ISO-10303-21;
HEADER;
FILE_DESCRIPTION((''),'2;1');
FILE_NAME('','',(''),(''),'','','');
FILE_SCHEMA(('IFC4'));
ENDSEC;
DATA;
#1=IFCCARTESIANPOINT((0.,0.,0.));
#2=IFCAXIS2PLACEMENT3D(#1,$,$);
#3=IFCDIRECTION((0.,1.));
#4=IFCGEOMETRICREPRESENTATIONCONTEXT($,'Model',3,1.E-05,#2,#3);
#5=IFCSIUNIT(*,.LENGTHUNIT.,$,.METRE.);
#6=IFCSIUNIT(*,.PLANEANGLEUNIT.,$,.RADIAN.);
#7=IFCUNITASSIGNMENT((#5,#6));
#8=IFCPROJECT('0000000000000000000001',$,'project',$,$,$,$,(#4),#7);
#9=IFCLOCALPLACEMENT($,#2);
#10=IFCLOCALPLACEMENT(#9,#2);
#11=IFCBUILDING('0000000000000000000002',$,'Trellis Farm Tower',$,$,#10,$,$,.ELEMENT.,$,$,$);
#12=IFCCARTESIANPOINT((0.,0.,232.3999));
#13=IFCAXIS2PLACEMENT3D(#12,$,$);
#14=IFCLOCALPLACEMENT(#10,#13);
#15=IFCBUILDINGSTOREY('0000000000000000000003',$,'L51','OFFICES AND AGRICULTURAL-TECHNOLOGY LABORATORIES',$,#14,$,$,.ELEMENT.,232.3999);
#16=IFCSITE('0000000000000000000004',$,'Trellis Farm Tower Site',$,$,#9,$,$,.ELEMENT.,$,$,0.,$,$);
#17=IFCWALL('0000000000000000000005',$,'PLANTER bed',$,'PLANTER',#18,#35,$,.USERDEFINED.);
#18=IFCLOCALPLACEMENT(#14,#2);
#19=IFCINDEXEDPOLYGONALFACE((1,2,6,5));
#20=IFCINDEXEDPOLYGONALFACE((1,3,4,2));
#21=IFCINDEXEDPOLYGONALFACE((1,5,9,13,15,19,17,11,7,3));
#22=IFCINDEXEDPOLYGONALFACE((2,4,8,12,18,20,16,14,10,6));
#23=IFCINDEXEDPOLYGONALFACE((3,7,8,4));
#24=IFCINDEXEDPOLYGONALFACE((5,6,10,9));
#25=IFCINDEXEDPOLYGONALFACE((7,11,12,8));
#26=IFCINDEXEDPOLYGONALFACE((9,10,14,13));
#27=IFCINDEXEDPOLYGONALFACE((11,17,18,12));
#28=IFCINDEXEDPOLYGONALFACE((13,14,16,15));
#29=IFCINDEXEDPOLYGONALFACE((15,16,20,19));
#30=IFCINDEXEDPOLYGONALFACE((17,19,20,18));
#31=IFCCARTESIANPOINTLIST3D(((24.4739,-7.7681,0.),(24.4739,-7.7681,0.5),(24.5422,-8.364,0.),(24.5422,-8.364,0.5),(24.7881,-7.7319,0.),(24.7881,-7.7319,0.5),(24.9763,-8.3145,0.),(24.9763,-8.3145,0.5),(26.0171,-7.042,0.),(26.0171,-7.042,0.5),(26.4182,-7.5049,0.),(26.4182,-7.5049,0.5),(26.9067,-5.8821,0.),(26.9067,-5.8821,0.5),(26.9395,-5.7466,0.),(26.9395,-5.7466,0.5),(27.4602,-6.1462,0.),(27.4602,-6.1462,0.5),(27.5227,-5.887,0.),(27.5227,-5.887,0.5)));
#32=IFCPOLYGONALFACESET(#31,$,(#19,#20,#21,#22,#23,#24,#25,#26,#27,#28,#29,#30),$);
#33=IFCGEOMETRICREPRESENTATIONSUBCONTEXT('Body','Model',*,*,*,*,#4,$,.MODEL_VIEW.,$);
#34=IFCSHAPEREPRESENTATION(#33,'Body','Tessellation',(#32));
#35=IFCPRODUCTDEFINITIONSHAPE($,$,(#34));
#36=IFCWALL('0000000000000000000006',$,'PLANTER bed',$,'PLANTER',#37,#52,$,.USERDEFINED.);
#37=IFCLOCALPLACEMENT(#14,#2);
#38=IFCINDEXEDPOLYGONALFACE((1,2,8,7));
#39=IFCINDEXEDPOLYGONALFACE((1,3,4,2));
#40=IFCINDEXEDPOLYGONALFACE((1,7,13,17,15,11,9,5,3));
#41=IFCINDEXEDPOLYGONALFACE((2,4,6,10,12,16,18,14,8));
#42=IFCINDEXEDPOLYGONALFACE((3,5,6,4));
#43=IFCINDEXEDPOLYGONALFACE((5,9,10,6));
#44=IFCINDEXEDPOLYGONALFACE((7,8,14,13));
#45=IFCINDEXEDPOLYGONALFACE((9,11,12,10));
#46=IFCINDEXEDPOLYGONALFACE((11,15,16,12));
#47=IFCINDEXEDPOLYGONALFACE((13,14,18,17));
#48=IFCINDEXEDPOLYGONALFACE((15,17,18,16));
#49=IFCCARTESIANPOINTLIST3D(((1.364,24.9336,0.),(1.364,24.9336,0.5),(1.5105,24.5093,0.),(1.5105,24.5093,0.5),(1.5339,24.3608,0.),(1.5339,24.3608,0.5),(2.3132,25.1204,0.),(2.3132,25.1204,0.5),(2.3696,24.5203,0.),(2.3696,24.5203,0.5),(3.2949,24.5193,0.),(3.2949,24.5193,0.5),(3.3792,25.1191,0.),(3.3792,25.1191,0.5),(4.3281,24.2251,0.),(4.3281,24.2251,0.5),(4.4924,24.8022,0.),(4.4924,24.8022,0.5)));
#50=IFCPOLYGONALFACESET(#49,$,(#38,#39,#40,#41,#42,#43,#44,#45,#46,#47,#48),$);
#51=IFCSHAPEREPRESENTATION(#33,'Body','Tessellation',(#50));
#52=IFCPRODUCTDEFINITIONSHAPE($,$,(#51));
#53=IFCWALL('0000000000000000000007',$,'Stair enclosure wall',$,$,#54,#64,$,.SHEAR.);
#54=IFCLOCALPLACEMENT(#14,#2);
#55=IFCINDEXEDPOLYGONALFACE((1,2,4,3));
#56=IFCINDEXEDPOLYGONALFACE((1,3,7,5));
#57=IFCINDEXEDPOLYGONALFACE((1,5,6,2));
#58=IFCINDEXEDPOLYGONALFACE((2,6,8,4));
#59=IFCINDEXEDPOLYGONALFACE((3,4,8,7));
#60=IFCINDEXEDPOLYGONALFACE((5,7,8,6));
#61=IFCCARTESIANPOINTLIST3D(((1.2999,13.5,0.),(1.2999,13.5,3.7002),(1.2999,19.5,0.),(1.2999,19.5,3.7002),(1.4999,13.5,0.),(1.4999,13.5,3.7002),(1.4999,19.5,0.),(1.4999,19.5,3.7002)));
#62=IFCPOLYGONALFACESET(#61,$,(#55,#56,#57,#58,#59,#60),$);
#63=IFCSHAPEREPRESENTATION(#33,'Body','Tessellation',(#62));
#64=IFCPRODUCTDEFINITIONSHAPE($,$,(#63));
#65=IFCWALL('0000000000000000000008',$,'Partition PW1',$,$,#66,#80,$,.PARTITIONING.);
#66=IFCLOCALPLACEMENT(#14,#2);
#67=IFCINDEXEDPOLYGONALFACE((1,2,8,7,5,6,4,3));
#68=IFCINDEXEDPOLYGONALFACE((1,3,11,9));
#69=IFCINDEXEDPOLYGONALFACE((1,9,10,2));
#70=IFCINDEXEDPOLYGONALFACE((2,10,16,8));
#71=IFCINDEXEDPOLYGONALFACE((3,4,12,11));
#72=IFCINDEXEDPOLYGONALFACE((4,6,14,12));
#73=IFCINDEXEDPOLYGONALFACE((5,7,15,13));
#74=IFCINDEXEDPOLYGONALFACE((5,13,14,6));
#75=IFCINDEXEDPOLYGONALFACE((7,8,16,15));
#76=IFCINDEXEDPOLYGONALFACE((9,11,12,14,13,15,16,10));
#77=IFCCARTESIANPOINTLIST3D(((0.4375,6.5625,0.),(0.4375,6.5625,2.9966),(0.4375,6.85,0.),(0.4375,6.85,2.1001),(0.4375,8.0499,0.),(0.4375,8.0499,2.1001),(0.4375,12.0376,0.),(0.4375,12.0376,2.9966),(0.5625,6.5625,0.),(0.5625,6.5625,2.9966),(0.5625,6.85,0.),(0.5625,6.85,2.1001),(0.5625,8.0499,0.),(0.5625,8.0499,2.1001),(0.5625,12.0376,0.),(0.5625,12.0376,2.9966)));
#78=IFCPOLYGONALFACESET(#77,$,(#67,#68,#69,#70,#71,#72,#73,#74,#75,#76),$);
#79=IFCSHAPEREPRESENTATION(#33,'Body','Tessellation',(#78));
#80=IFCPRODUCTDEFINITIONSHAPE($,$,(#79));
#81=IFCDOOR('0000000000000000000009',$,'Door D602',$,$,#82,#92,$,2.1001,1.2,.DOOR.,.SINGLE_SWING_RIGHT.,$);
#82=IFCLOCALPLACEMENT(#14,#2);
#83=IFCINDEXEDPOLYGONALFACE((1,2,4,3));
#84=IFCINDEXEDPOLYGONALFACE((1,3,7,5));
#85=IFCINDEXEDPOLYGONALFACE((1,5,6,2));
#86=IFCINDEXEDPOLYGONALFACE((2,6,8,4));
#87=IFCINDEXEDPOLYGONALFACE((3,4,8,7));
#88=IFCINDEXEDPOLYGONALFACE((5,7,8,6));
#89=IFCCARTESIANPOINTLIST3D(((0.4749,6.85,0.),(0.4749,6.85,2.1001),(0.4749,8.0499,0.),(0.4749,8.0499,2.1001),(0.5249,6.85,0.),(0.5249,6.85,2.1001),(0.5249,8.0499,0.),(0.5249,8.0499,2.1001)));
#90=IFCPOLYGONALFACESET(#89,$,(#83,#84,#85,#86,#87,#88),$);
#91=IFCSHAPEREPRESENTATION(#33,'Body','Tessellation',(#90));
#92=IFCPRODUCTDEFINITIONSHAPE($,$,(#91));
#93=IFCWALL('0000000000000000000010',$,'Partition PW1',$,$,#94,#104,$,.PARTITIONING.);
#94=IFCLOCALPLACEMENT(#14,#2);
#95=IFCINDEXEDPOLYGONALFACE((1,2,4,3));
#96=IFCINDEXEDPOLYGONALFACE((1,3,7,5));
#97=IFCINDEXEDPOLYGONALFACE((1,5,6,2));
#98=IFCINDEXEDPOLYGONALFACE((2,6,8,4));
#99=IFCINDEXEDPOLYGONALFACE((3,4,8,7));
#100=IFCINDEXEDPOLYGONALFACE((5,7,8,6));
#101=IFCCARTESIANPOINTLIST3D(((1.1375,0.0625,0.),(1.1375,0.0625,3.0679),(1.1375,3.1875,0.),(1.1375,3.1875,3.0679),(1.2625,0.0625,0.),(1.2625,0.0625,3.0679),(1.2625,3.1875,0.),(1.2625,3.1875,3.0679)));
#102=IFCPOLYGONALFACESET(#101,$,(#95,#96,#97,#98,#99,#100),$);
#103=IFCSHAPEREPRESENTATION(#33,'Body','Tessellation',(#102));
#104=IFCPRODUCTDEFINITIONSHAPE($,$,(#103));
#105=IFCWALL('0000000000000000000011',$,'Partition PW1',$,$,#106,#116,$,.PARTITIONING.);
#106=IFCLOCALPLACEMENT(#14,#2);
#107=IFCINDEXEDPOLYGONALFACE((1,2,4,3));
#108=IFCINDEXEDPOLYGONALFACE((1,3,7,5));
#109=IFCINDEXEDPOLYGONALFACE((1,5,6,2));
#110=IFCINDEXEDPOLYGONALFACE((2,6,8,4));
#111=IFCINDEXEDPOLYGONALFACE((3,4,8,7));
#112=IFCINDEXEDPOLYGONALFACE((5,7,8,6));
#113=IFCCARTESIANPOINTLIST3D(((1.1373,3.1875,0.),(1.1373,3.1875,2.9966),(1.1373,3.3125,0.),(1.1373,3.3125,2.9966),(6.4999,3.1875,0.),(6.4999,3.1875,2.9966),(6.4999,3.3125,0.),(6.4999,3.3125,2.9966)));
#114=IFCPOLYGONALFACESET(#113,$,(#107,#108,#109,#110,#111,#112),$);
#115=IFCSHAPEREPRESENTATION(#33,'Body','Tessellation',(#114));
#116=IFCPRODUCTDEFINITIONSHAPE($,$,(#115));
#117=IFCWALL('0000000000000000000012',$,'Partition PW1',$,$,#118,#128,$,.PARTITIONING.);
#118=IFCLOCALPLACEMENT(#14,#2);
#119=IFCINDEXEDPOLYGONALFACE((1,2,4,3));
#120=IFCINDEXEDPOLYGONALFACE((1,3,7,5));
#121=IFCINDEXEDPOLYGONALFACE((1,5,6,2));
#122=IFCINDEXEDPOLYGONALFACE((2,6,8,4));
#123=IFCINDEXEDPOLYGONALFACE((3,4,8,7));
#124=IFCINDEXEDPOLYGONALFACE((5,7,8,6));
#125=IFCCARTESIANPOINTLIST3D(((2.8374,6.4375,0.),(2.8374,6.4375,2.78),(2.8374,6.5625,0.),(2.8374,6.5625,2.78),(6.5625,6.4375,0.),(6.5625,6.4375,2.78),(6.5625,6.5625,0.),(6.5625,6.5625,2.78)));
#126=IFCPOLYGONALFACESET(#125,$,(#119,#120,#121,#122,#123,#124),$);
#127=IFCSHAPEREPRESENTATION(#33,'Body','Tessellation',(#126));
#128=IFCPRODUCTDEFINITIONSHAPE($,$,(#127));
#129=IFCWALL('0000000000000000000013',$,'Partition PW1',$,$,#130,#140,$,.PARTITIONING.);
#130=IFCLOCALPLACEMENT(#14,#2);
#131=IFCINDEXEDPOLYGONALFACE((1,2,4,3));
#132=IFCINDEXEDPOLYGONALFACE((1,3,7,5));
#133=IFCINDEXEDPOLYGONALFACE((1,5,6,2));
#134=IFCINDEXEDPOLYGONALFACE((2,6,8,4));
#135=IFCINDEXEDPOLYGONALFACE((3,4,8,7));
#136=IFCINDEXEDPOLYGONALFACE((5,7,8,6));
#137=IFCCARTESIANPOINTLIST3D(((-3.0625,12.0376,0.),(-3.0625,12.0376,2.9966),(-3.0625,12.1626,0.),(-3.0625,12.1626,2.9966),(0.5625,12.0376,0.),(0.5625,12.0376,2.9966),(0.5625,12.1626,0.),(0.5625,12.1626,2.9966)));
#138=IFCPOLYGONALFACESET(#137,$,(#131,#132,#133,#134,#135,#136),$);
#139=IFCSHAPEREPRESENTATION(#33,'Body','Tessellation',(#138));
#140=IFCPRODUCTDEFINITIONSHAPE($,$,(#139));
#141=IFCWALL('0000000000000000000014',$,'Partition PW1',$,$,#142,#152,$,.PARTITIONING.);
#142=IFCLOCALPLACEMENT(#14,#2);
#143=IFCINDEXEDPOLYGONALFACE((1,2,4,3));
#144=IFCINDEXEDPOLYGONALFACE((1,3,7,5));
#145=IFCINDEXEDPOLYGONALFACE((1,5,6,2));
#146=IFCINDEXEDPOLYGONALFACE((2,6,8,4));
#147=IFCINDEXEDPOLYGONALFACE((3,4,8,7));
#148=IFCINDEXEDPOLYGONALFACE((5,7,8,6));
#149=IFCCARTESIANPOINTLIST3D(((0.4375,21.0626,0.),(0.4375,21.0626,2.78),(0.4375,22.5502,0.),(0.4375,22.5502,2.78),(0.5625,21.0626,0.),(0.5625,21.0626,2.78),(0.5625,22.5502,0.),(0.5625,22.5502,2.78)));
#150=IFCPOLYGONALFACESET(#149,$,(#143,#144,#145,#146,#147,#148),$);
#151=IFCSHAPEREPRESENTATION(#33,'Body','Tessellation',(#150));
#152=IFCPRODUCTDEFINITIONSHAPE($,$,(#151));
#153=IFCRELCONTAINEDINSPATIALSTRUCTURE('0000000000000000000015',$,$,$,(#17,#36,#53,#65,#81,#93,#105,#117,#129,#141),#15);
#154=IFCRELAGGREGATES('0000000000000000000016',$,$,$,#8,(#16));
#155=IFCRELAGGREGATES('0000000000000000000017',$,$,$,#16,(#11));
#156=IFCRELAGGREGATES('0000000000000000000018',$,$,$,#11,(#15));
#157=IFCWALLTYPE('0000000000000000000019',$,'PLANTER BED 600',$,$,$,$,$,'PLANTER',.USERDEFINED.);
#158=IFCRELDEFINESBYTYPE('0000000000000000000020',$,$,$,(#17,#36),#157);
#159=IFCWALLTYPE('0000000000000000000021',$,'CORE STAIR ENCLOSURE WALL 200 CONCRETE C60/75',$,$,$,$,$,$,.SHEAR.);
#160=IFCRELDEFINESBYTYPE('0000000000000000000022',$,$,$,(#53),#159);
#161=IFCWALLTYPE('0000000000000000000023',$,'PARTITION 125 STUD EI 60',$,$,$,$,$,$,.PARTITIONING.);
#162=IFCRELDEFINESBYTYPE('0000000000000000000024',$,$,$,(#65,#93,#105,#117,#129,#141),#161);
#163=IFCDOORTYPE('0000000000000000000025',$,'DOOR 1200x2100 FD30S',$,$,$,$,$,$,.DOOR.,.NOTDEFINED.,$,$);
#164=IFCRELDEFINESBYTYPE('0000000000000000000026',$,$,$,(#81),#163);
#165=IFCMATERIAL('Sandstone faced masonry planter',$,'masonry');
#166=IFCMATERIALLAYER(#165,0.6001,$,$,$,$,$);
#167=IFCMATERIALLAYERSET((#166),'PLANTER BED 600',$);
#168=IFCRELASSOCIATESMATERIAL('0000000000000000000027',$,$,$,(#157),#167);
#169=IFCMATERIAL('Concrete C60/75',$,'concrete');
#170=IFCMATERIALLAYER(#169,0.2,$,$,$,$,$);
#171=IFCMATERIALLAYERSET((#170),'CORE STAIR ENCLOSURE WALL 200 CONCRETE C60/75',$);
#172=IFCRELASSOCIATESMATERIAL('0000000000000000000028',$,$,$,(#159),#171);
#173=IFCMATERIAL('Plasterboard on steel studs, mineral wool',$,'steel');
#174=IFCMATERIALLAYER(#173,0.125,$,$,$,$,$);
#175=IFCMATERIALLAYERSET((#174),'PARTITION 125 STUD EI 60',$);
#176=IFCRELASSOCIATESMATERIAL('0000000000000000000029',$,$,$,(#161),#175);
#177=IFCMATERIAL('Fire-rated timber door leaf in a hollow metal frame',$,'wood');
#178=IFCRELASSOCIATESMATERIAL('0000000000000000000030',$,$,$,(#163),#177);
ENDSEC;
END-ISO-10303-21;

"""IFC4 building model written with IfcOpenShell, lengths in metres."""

from ifc_helpers import new_model, si_unit, direction, frame, frame_2d, origin, place, context, subcontext, project, spatial, polyline, rectangle, outline, extrude, source, transform, mapped, material, layer, layer_set, type_object, element, fill, save


model = new_model("IFC4")

# Units and contexts
model_context = context("Model", 3, precision=1e-05, world=origin(), true_north=direction((0.0, 1.0)))
body_context = subcontext(model_context, "Body", "Model", "MODEL_VIEW")
ifc_project = project(units=[si_unit("LENGTHUNIT", "METRE"), si_unit("PLANEANGLEUNIT", "RADIAN")], contexts=[model_context])

# Site, building, storey
site_placement = place(None, origin())
site = spatial("IfcSite", under=ifc_project, at=site_placement, Name="Trellis Farm Tower Site", CompositionType="ELEMENT", RefElevation=0.0)
building_placement = place(site_placement, origin())
building = spatial("IfcBuilding", under=site, at=building_placement, Name="Trellis Farm Tower", CompositionType="ELEMENT")
storey_placement = place(building_placement, frame((0.0, 0.0, 232.3999)))
storey = spatial("IfcBuildingStorey", under=building, at=storey_placement, Name="L51", Description="OFFICES AND AGRICULTURAL-TECHNOLOGY LABORATORIES", CompositionType="ELEMENT", Elevation=232.3999)

# Shared definitions
placement_1 = place(storey_placement, origin())

# Walls
ifc_material_1 = material(Name="Sandstone faced masonry planter", Category="masonry")
ifc_layer_1 = layer(ifc_material_1, 0.6001)
ifc_layer_set_1 = layer_set([ifc_layer_1], Name="PLANTER BED 600")
wall_type_1 = type_object("IfcWallType", Name="PLANTER BED 600", ElementType="PLANTER", PredefinedType="USERDEFINED", material=ifc_layer_set_1)
element("IfcWall", 1, at=placement_1, inside=storey, type_object=wall_type_1, Name="PLANTER bed", ObjectType="PLANTER", PredefinedType="USERDEFINED", context=body_context, shape_type="SweptSolid", body=[
    extrude(outline(polyline([(26.4182, -7.5049), (24.9763, -8.3145), (24.5422, -8.364), (24.4739, -7.7681), (24.7881, -7.7319), (26.0171, -7.042), (26.9067, -5.8821), (26.9395, -5.7466), (27.5227, -5.887), (27.4602, -6.1462), (26.4182, -7.5049)])), origin(), (0.0, 0.0, 1.0), 0.5),
])
element("IfcWall", 2, at=placement_1, inside=storey, type_object=wall_type_1, Name="PLANTER bed", ObjectType="PLANTER", PredefinedType="USERDEFINED", context=body_context, shape_type="SweptSolid", body=[
    extrude(outline(polyline([(2.3132, 25.1204), (3.3792, 25.1191), (4.4924, 24.8022), (4.3281, 24.2251), (3.2949, 24.5193), (2.3696, 24.5203), (1.5339, 24.3608), (1.5105, 24.5093), (1.364, 24.9336), (2.3132, 25.1204)])), origin(), (0.0, 0.0, 1.0), 0.5),
])
ifc_material_2 = material(Name="Concrete C60/75", Category="concrete")
ifc_layer_2 = layer(ifc_material_2, 0.2)
ifc_layer_set_2 = layer_set([ifc_layer_2], Name="CORE STAIR ENCLOSURE WALL 200 CONCRETE C60/75")
wall_type_2 = type_object("IfcWallType", Name="CORE STAIR ENCLOSURE WALL 200 CONCRETE C60/75", PredefinedType="SHEAR", material=ifc_layer_set_2)
shared_shape_1 = source(origin(), body_context, "Body", "SweptSolid", [
    extrude(rectangle(XDim=6.0, YDim=0.2, at=frame_2d((3.0, 0.0))), origin(), (0.0, 0.0, 1.0), 3.7002),
])
wall_1_placement = place(storey_placement, frame((1.3999, 13.5, 0.0), z_axis=(0.0, 0.0, 1.0), x_axis=(0.0, 1.0, 0.0)))
element("IfcWall", 3, at=wall_1_placement, inside=storey, type_object=wall_type_2, Name="Stair enclosure wall", PredefinedType="SHEAR", context=body_context, shape_type="MappedRepresentation", body=[
    mapped(shared_shape_1, transform((0.0, 0.0, 0.0))),
])

# Wall, opening, door
ifc_material_3 = material(Name="Plasterboard on steel studs, mineral wool", Category="steel")
ifc_layer_3 = layer(ifc_material_3, 0.125)
ifc_layer_set_3 = layer_set([ifc_layer_3], Name="PARTITION 125 STUD EI 60")
wall_type_3 = type_object("IfcWallType", Name="PARTITION 125 STUD EI 60", PredefinedType="PARTITIONING", material=ifc_layer_set_3)
shared_shape_2 = source(origin(), body_context, "Body", "SweptSolid", [
    extrude(rectangle(XDim=5.4751, YDim=0.125, at=frame_2d((2.7375, 0.0))), origin(), (0.0, 0.0, 1.0), 2.9966),
])
wall_2_placement = place(storey_placement, frame((0.5, 12.0376, 0.0), z_axis=(0.0, 0.0, 1.0), x_axis=(0.0, -1.0, 0.0)))
wall_2 = element("IfcWall", 4, at=wall_2_placement, inside=storey, type_object=wall_type_3, Name="Partition PW1", PredefinedType="PARTITIONING", context=body_context, shape_type="MappedRepresentation", body=[
    mapped(shared_shape_2, transform((0.0, 0.0, 0.0))),
])
shared_shape_3 = source(origin(), body_context, "Body", "SweptSolid", [
    extrude(rectangle(XDim=1.2, YDim=2.1001, at=frame_2d((0.6001, 1.05))), frame((0.0, 0.0725, 0.0), z_axis=(0.0, -1.0, 0.0), x_axis=(1.0, 0.0, 0.0)), (0.0, 0.0, 1.0), 0.145),
])
opening_placement = place(wall_2_placement, frame((3.9875, 0.0, 0.0)))
opening = element("IfcOpeningElement", 5, at=opening_placement, cuts=wall_2, PredefinedType="OPENING", context=body_context, shape_type="MappedRepresentation", body=[
    mapped(shared_shape_3, transform((0.0, 0.0, 0.0))),
])
ifc_material_4 = material(Name="Fire-rated timber door leaf in a hollow metal frame", Category="wood")
door_type = type_object("IfcDoorType", Name="DOOR 1200x2100 FD30S", OperationType="NOTDEFINED", PredefinedType="DOOR", material=ifc_material_4)
shared_shape_4 = source(origin(), body_context, "Body", "SweptSolid", [
    extrude(rectangle(XDim=1.2, YDim=2.1001, at=frame_2d((0.6001, 1.05))), frame((0.0, 0.0249, 0.0), z_axis=(0.0, -1.0, 0.0), x_axis=(1.0, 0.0, 0.0)), (0.0, 0.0, 1.0), 0.05),
])
door_placement = place(opening_placement, origin())
door = element("IfcDoor", 6, at=door_placement, inside=storey, type_object=door_type, Name="Door D602", OperationType="SINGLE_SWING_RIGHT", OverallHeight=2.1001, OverallWidth=1.2, PredefinedType="DOOR", context=body_context, shape_type="MappedRepresentation", body=[
    mapped(shared_shape_4, transform((0.0, 0.0, 0.0))),
])
fill(opening, door)

# Walls
shared_shape_5 = source(origin(), body_context, "Body", "SweptSolid", [
    extrude(rectangle(XDim=3.125, YDim=0.125, at=frame_2d((1.5625, 0.0))), origin(), (0.0, 0.0, 1.0), 3.0679),
])
wall_3_placement = place(storey_placement, frame((1.2, 3.1875, 0.0), z_axis=(0.0, 0.0, 1.0), x_axis=(0.0, -1.0, 0.0)))
element("IfcWall", 7, at=wall_3_placement, inside=storey, type_object=wall_type_3, Name="Partition PW1", PredefinedType="PARTITIONING", context=body_context, shape_type="MappedRepresentation", body=[
    mapped(shared_shape_5, transform((0.0, 0.0, 0.0))),
])
shared_shape_6 = source(origin(), body_context, "Body", "SweptSolid", [
    extrude(rectangle(XDim=5.3625, YDim=0.125, at=frame_2d((2.6812, 0.0))), origin(), (0.0, 0.0, 1.0), 2.9966),
])
wall_4_placement = place(storey_placement, frame((1.1375, 3.25, 0.0), z_axis=(0.0, 0.0, 1.0), x_axis=(1.0, 0.0, 0.0)))
element("IfcWall", 8, at=wall_4_placement, inside=storey, type_object=wall_type_3, Name="Partition PW1", PredefinedType="PARTITIONING", context=body_context, shape_type="MappedRepresentation", body=[
    mapped(shared_shape_6, transform((0.0, 0.0, 0.0))),
])
shared_shape_7 = source(origin(), body_context, "Body", "SweptSolid", [
    extrude(rectangle(XDim=3.7251, YDim=0.125, at=frame_2d((1.8625, 0.0))), origin(), (0.0, 0.0, 1.0), 2.78),
])
wall_5_placement = place(storey_placement, frame((2.8374, 6.5, 0.0), z_axis=(0.0, 0.0, 1.0), x_axis=(1.0, 0.0, 0.0)))
element("IfcWall", 9, at=wall_5_placement, inside=storey, type_object=wall_type_3, Name="Partition PW1", PredefinedType="PARTITIONING", context=body_context, shape_type="MappedRepresentation", body=[
    mapped(shared_shape_7, transform((0.0, 0.0, 0.0))),
])
shared_shape_8 = source(origin(), body_context, "Body", "SweptSolid", [
    extrude(rectangle(XDim=3.625, YDim=0.125, at=frame_2d((1.8125, 0.0))), origin(), (0.0, 0.0, 1.0), 2.9966),
])
wall_6_placement = place(storey_placement, frame((0.5625, 12.1001, 0.0), z_axis=(0.0, 0.0, 1.0), x_axis=(-1.0, 0.0, 0.0)))
element("IfcWall", 10, at=wall_6_placement, inside=storey, type_object=wall_type_3, Name="Partition PW1", PredefinedType="PARTITIONING", context=body_context, shape_type="MappedRepresentation", body=[
    mapped(shared_shape_8, transform((0.0, 0.0, 0.0))),
])
shared_shape_9 = source(origin(), body_context, "Body", "SweptSolid", [
    extrude(rectangle(XDim=1.4875, YDim=0.125, at=frame_2d((0.7437, 0.0))), origin(), (0.0, 0.0, 1.0), 2.78),
])
wall_7_placement = place(storey_placement, frame((0.5, 22.55, 0.0), z_axis=(0.0, 0.0, 1.0), x_axis=(0.0, -1.0, 0.0)))
element("IfcWall", 11, at=wall_7_placement, inside=storey, type_object=wall_type_3, Name="Partition PW1", PredefinedType="PARTITIONING", context=body_context, shape_type="MappedRepresentation", body=[
    mapped(shared_shape_9, transform((0.0, 0.0, 0.0))),
])

save(model, "model.ifc")
